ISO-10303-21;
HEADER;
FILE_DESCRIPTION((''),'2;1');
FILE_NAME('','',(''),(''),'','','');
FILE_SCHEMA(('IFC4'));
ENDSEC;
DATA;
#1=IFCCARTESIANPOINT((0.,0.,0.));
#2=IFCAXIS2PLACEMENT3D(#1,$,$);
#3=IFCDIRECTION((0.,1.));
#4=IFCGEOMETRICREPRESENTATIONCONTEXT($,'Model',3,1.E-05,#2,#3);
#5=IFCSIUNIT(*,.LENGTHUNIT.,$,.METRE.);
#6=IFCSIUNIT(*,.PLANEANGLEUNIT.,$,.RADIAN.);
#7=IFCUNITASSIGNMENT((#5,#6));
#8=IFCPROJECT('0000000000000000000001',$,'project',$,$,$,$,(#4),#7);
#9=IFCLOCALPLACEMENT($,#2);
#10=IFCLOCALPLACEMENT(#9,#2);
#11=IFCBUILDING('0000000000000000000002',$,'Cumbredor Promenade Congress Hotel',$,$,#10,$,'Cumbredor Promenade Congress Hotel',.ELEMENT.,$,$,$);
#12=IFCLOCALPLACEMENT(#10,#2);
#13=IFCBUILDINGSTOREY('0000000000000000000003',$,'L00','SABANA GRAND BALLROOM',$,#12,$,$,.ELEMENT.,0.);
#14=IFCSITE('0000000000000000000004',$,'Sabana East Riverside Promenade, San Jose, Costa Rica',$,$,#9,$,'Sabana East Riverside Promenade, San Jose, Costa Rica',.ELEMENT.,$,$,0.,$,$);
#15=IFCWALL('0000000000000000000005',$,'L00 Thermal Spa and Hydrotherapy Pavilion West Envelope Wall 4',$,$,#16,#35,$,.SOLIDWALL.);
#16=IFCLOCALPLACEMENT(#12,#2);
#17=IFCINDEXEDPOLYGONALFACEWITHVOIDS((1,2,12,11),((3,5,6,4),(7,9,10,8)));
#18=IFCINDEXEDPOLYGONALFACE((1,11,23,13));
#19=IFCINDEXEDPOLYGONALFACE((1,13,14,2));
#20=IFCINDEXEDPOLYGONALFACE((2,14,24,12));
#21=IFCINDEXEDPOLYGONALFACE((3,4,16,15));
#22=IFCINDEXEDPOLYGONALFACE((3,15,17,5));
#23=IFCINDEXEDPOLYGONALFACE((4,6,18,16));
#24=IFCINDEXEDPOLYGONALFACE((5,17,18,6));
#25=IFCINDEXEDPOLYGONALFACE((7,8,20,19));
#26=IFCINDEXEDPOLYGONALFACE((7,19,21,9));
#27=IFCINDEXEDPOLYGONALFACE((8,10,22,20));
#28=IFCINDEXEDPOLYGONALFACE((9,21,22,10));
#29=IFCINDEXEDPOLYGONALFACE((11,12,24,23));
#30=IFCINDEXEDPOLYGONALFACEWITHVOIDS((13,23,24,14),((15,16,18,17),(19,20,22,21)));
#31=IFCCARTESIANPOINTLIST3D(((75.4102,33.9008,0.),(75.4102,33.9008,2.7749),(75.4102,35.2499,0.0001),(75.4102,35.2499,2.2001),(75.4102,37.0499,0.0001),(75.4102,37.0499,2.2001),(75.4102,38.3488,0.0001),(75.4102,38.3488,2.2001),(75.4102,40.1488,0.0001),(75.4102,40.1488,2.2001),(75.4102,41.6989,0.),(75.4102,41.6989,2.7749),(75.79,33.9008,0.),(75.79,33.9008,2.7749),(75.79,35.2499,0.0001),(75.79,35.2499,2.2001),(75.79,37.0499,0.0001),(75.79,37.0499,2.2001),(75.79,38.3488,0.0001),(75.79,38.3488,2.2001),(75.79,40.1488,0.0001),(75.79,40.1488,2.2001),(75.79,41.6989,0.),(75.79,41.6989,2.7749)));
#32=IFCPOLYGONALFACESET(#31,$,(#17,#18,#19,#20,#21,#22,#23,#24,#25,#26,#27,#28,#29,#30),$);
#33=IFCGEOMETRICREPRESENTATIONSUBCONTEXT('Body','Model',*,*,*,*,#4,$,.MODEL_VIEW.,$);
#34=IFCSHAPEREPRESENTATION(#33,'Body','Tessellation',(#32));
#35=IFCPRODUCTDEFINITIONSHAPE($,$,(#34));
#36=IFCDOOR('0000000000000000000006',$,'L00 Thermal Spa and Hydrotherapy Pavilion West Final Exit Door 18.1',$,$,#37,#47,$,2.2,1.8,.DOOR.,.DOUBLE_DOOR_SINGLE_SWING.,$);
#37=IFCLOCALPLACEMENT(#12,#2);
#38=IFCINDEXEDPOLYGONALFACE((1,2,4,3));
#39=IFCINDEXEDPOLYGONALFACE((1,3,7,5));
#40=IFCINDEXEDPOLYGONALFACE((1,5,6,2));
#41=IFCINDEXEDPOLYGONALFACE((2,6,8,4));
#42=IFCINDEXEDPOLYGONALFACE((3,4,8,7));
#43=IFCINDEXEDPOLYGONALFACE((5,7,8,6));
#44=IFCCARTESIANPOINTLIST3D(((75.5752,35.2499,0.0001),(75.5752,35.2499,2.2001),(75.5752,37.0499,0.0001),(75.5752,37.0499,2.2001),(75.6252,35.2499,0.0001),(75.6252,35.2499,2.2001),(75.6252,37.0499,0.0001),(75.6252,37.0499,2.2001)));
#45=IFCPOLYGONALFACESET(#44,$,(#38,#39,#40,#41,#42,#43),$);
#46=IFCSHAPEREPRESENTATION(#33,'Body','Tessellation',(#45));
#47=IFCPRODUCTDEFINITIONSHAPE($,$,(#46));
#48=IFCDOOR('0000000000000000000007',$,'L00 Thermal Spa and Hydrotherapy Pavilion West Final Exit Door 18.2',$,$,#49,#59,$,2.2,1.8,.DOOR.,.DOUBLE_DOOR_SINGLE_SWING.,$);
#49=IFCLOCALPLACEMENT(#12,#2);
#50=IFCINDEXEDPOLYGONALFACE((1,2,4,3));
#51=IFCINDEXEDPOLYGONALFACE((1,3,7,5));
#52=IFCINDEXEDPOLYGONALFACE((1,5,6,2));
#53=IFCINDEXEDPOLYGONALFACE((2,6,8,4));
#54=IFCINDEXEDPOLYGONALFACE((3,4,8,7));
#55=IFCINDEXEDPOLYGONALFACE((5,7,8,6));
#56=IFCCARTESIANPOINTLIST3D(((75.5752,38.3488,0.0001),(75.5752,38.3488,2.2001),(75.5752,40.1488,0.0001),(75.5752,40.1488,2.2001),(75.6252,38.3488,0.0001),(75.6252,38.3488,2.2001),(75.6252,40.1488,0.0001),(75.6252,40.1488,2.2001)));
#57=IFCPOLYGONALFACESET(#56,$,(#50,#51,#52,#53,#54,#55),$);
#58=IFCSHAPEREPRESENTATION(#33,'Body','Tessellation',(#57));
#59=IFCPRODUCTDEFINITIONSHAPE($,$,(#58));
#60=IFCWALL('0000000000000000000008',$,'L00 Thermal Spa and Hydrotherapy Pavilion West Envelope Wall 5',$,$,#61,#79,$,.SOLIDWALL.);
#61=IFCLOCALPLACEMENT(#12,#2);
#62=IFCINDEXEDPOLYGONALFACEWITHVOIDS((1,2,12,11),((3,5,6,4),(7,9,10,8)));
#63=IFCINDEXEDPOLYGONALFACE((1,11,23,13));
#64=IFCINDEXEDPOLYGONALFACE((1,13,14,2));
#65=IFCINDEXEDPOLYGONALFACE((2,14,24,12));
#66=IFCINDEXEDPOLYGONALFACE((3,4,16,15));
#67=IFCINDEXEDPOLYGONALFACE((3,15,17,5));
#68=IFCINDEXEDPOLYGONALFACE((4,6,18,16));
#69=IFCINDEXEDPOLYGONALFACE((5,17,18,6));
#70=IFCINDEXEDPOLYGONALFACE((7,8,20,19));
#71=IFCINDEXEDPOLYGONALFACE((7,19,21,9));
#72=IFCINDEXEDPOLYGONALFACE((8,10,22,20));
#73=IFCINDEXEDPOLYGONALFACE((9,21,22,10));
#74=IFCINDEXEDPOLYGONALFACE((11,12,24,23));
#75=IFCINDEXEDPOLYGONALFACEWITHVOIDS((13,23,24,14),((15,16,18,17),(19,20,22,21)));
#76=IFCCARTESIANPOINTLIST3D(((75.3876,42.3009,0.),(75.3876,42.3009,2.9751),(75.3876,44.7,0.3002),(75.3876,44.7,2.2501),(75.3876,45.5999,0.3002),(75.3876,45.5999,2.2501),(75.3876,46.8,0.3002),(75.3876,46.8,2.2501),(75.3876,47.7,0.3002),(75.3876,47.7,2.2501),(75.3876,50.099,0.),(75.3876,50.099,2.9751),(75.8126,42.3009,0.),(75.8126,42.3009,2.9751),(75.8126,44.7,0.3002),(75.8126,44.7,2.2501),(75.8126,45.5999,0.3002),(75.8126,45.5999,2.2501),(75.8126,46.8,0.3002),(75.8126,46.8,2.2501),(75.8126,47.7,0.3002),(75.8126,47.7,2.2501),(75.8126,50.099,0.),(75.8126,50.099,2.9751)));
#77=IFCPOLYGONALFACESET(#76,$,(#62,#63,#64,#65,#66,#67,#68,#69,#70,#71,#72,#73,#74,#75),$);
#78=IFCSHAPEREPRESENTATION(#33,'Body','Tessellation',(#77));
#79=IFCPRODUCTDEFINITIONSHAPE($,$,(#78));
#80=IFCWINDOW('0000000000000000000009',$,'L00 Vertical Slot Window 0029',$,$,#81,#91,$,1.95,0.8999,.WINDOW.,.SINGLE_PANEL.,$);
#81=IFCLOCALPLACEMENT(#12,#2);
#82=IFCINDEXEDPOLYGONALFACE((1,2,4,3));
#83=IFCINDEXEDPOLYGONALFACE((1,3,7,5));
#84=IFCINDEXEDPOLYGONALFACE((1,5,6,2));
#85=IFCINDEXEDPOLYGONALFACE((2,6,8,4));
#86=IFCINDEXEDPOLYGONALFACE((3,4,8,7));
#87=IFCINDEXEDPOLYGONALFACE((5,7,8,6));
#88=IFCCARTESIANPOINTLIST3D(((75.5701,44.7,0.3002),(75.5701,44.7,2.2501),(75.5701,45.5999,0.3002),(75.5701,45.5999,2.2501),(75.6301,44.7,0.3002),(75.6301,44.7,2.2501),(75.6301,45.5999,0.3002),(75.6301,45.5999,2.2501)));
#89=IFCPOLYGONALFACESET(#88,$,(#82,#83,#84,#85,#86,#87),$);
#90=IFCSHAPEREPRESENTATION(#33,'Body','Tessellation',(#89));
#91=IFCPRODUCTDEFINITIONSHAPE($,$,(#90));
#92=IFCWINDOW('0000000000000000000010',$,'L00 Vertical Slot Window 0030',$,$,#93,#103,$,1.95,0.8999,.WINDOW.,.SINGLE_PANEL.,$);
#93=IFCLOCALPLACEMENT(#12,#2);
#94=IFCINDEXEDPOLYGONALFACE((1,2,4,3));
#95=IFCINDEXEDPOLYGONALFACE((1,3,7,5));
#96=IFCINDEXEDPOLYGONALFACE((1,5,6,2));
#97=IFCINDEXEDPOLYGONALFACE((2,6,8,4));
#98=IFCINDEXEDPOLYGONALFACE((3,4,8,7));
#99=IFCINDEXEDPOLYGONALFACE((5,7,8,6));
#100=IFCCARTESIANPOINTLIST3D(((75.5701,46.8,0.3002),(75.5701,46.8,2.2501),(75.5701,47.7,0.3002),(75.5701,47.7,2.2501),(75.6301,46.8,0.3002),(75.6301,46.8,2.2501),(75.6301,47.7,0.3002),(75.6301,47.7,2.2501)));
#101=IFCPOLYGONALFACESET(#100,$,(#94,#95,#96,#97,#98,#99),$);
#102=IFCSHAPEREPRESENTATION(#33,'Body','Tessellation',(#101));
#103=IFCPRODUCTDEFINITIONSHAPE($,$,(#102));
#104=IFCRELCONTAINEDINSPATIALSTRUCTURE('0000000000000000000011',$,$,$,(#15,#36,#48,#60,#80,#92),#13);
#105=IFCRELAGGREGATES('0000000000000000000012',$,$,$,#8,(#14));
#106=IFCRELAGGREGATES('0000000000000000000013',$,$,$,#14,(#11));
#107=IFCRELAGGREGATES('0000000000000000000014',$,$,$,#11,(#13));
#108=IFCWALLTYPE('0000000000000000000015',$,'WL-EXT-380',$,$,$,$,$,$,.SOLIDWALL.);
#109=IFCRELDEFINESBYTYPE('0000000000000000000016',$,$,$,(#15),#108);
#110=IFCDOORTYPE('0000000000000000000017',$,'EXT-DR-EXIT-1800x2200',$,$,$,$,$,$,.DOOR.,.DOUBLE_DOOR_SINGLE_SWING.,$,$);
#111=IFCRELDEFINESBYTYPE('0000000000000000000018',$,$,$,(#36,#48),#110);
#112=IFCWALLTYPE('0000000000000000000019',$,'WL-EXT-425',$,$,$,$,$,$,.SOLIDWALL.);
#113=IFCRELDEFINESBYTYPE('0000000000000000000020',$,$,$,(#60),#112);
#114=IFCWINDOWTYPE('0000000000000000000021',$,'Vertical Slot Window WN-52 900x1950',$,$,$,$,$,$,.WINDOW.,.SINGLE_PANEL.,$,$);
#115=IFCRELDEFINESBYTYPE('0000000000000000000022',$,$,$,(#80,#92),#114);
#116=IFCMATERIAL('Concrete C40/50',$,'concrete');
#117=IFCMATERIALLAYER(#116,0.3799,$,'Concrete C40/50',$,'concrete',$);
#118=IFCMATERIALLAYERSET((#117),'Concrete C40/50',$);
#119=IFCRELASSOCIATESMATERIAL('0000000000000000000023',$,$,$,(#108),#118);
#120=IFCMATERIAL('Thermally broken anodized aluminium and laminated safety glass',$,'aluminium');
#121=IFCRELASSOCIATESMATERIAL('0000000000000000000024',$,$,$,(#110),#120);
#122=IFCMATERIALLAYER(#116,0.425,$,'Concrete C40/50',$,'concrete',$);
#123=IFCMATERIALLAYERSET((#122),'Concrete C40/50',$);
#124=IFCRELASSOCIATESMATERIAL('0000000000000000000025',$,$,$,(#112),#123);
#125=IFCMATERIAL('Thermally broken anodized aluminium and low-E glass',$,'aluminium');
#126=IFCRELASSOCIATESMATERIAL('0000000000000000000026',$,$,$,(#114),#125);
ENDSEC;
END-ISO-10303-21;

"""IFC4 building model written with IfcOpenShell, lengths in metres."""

from ifc_helpers import new_model, si_unit, direction, frame, frame_2d, origin, place, context, subcontext, project, spatial, rectangle, extrude, material, layer, layer_set, type_object, element, fill, save


model = new_model("IFC4")

# Units and contexts
model_context = context("Model", 3, precision=1e-05, world=origin(), true_north=direction((0.0, 1.0)))
body_context = subcontext(model_context, "Body", "Model", "MODEL_VIEW")
ifc_project = project(units=[si_unit("LENGTHUNIT", "METRE"), si_unit("PLANEANGLEUNIT", "RADIAN")], contexts=[model_context])

# Site, building, storey
site_placement = place(None, origin())
site = spatial("IfcSite", under=ifc_project, at=site_placement, Name="Sabana East Riverside Promenade, San Jose, Costa Rica", LongName="Sabana East Riverside Promenade, San Jose, Costa Rica", CompositionType="ELEMENT", RefElevation=0.0)
building_placement = place(site_placement, origin())
building = spatial("IfcBuilding", under=site, at=building_placement, Name="Cumbredor Promenade Congress Hotel", LongName="Cumbredor Promenade Congress Hotel", CompositionType="ELEMENT")
storey_placement = place(building_placement, origin())
storey = spatial("IfcBuildingStorey", under=building, at=storey_placement, Name="L00", Description="SABANA GRAND BALLROOM", CompositionType="ELEMENT", Elevation=0.0)

# Shared definitions
ifc_material_1 = material(Name="Concrete C40/50", Category="concrete")

# Shared definitions
ifc_material_2 = material(Name="Thermally broken anodized aluminium and low-E glass", Category="aluminium")

# Wall, openings, doors
ifc_layer_1 = layer(ifc_material_1, 0.3799, Name="Concrete C40/50", Category="concrete")
ifc_layer_set_1 = layer_set([ifc_layer_1], Name="Concrete C40/50")
wall_type_1 = type_object("IfcWallType", Name="WL-EXT-380", PredefinedType="SOLIDWALL", material=ifc_layer_set_1)
wall_1_placement = place(storey_placement, frame((75.6001, 33.9009, 0.0), z_axis=(0.0, 0.0, 1.0), x_axis=(0.0, 1.0, 0.0)))
wall_1 = element("IfcWall", 1, at=wall_1_placement, inside=storey, type_object=wall_type_1, Name="L00 Thermal Spa and Hydrotherapy Pavilion West Envelope Wall 4", PredefinedType="SOLIDWALL", context=body_context, shape_type="SweptSolid", body=[
    extrude(rectangle(XDim=7.7981, YDim=0.3799, at=frame_2d((3.8989, 0.0))), origin(), (0.0, 0.0, 1.0), 2.7749),
])
opening_1_placement = place(wall_1_placement, frame((1.3491, 0.0, 0.0)))
opening_1 = element("IfcOpeningElement", 2, at=opening_1_placement, cuts=wall_1, PredefinedType="OPENING", context=body_context, shape_type="SweptSolid", body=[
    extrude(rectangle(XDim=1.8, YDim=2.2, at=frame_2d((0.8999, 1.1001))), frame((0.0, 0.2, 0.0), z_axis=(0.0, -1.0, 0.0), x_axis=(1.0, 0.0, 0.0)), (0.0, 0.0, 1.0), 0.3999),
])
opening_2_placement = place(wall_1_placement, frame((4.448, 0.0, 0.0)))
opening_2 = element("IfcOpeningElement", 3, at=opening_2_placement, cuts=wall_1, PredefinedType="OPENING", context=body_context, shape_type="SweptSolid", body=[
    extrude(rectangle(XDim=1.8, YDim=2.2, at=frame_2d((0.8999, 1.1001))), frame((0.0, 0.2, 0.0), z_axis=(0.0, -1.0, 0.0), x_axis=(1.0, 0.0, 0.0)), (0.0, 0.0, 1.0), 0.3999),
])
ifc_material_3 = material(Name="Thermally broken anodized aluminium and laminated safety glass", Category="aluminium")
door_type = type_object("IfcDoorType", Name="EXT-DR-EXIT-1800x2200", OperationType="DOUBLE_DOOR_SINGLE_SWING", PredefinedType="DOOR", material=ifc_material_3)
door_1_placement = place(opening_1_placement, origin())
door_1 = element("IfcDoor", 4, at=door_1_placement, inside=storey, type_object=door_type, Name="L00 Thermal Spa and Hydrotherapy Pavilion West Final Exit Door 18.1", OperationType="DOUBLE_DOOR_SINGLE_SWING", OverallHeight=2.2, OverallWidth=1.8, PredefinedType="DOOR", context=body_context, shape_type="SweptSolid", body=[
    extrude(rectangle(XDim=1.8, YDim=2.2, at=frame_2d((0.8999, 1.1001))), frame((0.0, 0.0249, 0.0), z_axis=(0.0, -1.0, 0.0), x_axis=(1.0, 0.0, 0.0)), (0.0, 0.0, 1.0), 0.05),
])
fill(opening_1, door_1)
door_2_placement = place(opening_2_placement, origin())
door_2 = element("IfcDoor", 5, at=door_2_placement, inside=storey, type_object=door_type, Name="L00 Thermal Spa and Hydrotherapy Pavilion West Final Exit Door 18.2", OperationType="DOUBLE_DOOR_SINGLE_SWING", OverallHeight=2.2, OverallWidth=1.8, PredefinedType="DOOR", context=body_context, shape_type="SweptSolid", body=[
    extrude(rectangle(XDim=1.8, YDim=2.2, at=frame_2d((0.8999, 1.1001))), frame((0.0, 0.0249, 0.0), z_axis=(0.0, -1.0, 0.0), x_axis=(1.0, 0.0, 0.0)), (0.0, 0.0, 1.0), 0.05),
])
fill(opening_2, door_2)

# Wall, openings, windows
ifc_layer_2 = layer(ifc_material_1, 0.425, Name="Concrete C40/50", Category="concrete")
ifc_layer_set_2 = layer_set([ifc_layer_2], Name="Concrete C40/50")
wall_type_2 = type_object("IfcWallType", Name="WL-EXT-425", PredefinedType="SOLIDWALL", material=ifc_layer_set_2)
wall_2_placement = place(storey_placement, frame((75.6001, 42.301, 0.0), z_axis=(0.0, 0.0, 1.0), x_axis=(0.0, 1.0, 0.0)))
wall_2 = element("IfcWall", 6, at=wall_2_placement, inside=storey, type_object=wall_type_2, Name="L00 Thermal Spa and Hydrotherapy Pavilion West Envelope Wall 5", PredefinedType="SOLIDWALL", context=body_context, shape_type="SweptSolid", body=[
    extrude(rectangle(XDim=7.7981, YDim=0.425, at=frame_2d((3.8989, 0.0))), origin(), (0.0, 0.0, 1.0), 2.9751),
])
opening_3_placement = place(wall_2_placement, frame((2.3989, 0.0, 0.3)))
opening_3 = element("IfcOpeningElement", 7, at=opening_3_placement, cuts=wall_2, PredefinedType="OPENING", context=body_context, shape_type="SweptSolid", body=[
    extrude(rectangle(XDim=0.8999, YDim=1.95, at=frame_2d((0.45, 0.9751))), frame((0.0, 0.2227, 0.0), z_axis=(0.0, -1.0, 0.0), x_axis=(1.0, 0.0, 0.0)), (0.0, 0.0, 1.0), 0.4451),
])
opening_4_placement = place(wall_2_placement, frame((4.499, 0.0, 0.3)))
opening_4 = element("IfcOpeningElement", 8, at=opening_4_placement, cuts=wall_2, PredefinedType="OPENING", context=body_context, shape_type="SweptSolid", body=[
    extrude(rectangle(XDim=0.8999, YDim=1.95, at=frame_2d((0.45, 0.9751))), frame((0.0, 0.2227, 0.0), z_axis=(0.0, -1.0, 0.0), x_axis=(1.0, 0.0, 0.0)), (0.0, 0.0, 1.0), 0.4451),
])
window_type = type_object("IfcWindowType", Name="Vertical Slot Window WN-52 900x1950", PartitioningType="SINGLE_PANEL", PredefinedType="WINDOW", material=ifc_material_2)
window_1_placement = place(opening_3_placement, origin())
window_1 = element("IfcWindow", 9, at=window_1_placement, inside=storey, type_object=window_type, Name="L00 Vertical Slot Window 0029", OverallHeight=1.95, OverallWidth=0.8999, PartitioningType="SINGLE_PANEL", PredefinedType="WINDOW", context=body_context, shape_type="SweptSolid", body=[
    extrude(rectangle(XDim=0.8999, YDim=1.95, at=frame_2d((0.45, 0.9751))), frame((0.0, 0.03, 0.0), z_axis=(0.0, -1.0, 0.0), x_axis=(1.0, 0.0, 0.0)), (0.0, 0.0, 1.0), 0.0601),
])
fill(opening_3, window_1)
window_2_placement = place(opening_4_placement, origin())
window_2 = element("IfcWindow", 10, at=window_2_placement, inside=storey, type_object=window_type, Name="L00 Vertical Slot Window 0030", OverallHeight=1.95, OverallWidth=0.8999, PartitioningType="SINGLE_PANEL", PredefinedType="WINDOW", context=body_context, shape_type="SweptSolid", body=[
    extrude(rectangle(XDim=0.8999, YDim=1.95, at=frame_2d((0.45, 0.9751))), frame((0.0, 0.03, 0.0), z_axis=(0.0, -1.0, 0.0), x_axis=(1.0, 0.0, 0.0)), (0.0, 0.0, 1.0), 0.0601),
])
fill(opening_4, window_2)

save(model, "model.ifc")
